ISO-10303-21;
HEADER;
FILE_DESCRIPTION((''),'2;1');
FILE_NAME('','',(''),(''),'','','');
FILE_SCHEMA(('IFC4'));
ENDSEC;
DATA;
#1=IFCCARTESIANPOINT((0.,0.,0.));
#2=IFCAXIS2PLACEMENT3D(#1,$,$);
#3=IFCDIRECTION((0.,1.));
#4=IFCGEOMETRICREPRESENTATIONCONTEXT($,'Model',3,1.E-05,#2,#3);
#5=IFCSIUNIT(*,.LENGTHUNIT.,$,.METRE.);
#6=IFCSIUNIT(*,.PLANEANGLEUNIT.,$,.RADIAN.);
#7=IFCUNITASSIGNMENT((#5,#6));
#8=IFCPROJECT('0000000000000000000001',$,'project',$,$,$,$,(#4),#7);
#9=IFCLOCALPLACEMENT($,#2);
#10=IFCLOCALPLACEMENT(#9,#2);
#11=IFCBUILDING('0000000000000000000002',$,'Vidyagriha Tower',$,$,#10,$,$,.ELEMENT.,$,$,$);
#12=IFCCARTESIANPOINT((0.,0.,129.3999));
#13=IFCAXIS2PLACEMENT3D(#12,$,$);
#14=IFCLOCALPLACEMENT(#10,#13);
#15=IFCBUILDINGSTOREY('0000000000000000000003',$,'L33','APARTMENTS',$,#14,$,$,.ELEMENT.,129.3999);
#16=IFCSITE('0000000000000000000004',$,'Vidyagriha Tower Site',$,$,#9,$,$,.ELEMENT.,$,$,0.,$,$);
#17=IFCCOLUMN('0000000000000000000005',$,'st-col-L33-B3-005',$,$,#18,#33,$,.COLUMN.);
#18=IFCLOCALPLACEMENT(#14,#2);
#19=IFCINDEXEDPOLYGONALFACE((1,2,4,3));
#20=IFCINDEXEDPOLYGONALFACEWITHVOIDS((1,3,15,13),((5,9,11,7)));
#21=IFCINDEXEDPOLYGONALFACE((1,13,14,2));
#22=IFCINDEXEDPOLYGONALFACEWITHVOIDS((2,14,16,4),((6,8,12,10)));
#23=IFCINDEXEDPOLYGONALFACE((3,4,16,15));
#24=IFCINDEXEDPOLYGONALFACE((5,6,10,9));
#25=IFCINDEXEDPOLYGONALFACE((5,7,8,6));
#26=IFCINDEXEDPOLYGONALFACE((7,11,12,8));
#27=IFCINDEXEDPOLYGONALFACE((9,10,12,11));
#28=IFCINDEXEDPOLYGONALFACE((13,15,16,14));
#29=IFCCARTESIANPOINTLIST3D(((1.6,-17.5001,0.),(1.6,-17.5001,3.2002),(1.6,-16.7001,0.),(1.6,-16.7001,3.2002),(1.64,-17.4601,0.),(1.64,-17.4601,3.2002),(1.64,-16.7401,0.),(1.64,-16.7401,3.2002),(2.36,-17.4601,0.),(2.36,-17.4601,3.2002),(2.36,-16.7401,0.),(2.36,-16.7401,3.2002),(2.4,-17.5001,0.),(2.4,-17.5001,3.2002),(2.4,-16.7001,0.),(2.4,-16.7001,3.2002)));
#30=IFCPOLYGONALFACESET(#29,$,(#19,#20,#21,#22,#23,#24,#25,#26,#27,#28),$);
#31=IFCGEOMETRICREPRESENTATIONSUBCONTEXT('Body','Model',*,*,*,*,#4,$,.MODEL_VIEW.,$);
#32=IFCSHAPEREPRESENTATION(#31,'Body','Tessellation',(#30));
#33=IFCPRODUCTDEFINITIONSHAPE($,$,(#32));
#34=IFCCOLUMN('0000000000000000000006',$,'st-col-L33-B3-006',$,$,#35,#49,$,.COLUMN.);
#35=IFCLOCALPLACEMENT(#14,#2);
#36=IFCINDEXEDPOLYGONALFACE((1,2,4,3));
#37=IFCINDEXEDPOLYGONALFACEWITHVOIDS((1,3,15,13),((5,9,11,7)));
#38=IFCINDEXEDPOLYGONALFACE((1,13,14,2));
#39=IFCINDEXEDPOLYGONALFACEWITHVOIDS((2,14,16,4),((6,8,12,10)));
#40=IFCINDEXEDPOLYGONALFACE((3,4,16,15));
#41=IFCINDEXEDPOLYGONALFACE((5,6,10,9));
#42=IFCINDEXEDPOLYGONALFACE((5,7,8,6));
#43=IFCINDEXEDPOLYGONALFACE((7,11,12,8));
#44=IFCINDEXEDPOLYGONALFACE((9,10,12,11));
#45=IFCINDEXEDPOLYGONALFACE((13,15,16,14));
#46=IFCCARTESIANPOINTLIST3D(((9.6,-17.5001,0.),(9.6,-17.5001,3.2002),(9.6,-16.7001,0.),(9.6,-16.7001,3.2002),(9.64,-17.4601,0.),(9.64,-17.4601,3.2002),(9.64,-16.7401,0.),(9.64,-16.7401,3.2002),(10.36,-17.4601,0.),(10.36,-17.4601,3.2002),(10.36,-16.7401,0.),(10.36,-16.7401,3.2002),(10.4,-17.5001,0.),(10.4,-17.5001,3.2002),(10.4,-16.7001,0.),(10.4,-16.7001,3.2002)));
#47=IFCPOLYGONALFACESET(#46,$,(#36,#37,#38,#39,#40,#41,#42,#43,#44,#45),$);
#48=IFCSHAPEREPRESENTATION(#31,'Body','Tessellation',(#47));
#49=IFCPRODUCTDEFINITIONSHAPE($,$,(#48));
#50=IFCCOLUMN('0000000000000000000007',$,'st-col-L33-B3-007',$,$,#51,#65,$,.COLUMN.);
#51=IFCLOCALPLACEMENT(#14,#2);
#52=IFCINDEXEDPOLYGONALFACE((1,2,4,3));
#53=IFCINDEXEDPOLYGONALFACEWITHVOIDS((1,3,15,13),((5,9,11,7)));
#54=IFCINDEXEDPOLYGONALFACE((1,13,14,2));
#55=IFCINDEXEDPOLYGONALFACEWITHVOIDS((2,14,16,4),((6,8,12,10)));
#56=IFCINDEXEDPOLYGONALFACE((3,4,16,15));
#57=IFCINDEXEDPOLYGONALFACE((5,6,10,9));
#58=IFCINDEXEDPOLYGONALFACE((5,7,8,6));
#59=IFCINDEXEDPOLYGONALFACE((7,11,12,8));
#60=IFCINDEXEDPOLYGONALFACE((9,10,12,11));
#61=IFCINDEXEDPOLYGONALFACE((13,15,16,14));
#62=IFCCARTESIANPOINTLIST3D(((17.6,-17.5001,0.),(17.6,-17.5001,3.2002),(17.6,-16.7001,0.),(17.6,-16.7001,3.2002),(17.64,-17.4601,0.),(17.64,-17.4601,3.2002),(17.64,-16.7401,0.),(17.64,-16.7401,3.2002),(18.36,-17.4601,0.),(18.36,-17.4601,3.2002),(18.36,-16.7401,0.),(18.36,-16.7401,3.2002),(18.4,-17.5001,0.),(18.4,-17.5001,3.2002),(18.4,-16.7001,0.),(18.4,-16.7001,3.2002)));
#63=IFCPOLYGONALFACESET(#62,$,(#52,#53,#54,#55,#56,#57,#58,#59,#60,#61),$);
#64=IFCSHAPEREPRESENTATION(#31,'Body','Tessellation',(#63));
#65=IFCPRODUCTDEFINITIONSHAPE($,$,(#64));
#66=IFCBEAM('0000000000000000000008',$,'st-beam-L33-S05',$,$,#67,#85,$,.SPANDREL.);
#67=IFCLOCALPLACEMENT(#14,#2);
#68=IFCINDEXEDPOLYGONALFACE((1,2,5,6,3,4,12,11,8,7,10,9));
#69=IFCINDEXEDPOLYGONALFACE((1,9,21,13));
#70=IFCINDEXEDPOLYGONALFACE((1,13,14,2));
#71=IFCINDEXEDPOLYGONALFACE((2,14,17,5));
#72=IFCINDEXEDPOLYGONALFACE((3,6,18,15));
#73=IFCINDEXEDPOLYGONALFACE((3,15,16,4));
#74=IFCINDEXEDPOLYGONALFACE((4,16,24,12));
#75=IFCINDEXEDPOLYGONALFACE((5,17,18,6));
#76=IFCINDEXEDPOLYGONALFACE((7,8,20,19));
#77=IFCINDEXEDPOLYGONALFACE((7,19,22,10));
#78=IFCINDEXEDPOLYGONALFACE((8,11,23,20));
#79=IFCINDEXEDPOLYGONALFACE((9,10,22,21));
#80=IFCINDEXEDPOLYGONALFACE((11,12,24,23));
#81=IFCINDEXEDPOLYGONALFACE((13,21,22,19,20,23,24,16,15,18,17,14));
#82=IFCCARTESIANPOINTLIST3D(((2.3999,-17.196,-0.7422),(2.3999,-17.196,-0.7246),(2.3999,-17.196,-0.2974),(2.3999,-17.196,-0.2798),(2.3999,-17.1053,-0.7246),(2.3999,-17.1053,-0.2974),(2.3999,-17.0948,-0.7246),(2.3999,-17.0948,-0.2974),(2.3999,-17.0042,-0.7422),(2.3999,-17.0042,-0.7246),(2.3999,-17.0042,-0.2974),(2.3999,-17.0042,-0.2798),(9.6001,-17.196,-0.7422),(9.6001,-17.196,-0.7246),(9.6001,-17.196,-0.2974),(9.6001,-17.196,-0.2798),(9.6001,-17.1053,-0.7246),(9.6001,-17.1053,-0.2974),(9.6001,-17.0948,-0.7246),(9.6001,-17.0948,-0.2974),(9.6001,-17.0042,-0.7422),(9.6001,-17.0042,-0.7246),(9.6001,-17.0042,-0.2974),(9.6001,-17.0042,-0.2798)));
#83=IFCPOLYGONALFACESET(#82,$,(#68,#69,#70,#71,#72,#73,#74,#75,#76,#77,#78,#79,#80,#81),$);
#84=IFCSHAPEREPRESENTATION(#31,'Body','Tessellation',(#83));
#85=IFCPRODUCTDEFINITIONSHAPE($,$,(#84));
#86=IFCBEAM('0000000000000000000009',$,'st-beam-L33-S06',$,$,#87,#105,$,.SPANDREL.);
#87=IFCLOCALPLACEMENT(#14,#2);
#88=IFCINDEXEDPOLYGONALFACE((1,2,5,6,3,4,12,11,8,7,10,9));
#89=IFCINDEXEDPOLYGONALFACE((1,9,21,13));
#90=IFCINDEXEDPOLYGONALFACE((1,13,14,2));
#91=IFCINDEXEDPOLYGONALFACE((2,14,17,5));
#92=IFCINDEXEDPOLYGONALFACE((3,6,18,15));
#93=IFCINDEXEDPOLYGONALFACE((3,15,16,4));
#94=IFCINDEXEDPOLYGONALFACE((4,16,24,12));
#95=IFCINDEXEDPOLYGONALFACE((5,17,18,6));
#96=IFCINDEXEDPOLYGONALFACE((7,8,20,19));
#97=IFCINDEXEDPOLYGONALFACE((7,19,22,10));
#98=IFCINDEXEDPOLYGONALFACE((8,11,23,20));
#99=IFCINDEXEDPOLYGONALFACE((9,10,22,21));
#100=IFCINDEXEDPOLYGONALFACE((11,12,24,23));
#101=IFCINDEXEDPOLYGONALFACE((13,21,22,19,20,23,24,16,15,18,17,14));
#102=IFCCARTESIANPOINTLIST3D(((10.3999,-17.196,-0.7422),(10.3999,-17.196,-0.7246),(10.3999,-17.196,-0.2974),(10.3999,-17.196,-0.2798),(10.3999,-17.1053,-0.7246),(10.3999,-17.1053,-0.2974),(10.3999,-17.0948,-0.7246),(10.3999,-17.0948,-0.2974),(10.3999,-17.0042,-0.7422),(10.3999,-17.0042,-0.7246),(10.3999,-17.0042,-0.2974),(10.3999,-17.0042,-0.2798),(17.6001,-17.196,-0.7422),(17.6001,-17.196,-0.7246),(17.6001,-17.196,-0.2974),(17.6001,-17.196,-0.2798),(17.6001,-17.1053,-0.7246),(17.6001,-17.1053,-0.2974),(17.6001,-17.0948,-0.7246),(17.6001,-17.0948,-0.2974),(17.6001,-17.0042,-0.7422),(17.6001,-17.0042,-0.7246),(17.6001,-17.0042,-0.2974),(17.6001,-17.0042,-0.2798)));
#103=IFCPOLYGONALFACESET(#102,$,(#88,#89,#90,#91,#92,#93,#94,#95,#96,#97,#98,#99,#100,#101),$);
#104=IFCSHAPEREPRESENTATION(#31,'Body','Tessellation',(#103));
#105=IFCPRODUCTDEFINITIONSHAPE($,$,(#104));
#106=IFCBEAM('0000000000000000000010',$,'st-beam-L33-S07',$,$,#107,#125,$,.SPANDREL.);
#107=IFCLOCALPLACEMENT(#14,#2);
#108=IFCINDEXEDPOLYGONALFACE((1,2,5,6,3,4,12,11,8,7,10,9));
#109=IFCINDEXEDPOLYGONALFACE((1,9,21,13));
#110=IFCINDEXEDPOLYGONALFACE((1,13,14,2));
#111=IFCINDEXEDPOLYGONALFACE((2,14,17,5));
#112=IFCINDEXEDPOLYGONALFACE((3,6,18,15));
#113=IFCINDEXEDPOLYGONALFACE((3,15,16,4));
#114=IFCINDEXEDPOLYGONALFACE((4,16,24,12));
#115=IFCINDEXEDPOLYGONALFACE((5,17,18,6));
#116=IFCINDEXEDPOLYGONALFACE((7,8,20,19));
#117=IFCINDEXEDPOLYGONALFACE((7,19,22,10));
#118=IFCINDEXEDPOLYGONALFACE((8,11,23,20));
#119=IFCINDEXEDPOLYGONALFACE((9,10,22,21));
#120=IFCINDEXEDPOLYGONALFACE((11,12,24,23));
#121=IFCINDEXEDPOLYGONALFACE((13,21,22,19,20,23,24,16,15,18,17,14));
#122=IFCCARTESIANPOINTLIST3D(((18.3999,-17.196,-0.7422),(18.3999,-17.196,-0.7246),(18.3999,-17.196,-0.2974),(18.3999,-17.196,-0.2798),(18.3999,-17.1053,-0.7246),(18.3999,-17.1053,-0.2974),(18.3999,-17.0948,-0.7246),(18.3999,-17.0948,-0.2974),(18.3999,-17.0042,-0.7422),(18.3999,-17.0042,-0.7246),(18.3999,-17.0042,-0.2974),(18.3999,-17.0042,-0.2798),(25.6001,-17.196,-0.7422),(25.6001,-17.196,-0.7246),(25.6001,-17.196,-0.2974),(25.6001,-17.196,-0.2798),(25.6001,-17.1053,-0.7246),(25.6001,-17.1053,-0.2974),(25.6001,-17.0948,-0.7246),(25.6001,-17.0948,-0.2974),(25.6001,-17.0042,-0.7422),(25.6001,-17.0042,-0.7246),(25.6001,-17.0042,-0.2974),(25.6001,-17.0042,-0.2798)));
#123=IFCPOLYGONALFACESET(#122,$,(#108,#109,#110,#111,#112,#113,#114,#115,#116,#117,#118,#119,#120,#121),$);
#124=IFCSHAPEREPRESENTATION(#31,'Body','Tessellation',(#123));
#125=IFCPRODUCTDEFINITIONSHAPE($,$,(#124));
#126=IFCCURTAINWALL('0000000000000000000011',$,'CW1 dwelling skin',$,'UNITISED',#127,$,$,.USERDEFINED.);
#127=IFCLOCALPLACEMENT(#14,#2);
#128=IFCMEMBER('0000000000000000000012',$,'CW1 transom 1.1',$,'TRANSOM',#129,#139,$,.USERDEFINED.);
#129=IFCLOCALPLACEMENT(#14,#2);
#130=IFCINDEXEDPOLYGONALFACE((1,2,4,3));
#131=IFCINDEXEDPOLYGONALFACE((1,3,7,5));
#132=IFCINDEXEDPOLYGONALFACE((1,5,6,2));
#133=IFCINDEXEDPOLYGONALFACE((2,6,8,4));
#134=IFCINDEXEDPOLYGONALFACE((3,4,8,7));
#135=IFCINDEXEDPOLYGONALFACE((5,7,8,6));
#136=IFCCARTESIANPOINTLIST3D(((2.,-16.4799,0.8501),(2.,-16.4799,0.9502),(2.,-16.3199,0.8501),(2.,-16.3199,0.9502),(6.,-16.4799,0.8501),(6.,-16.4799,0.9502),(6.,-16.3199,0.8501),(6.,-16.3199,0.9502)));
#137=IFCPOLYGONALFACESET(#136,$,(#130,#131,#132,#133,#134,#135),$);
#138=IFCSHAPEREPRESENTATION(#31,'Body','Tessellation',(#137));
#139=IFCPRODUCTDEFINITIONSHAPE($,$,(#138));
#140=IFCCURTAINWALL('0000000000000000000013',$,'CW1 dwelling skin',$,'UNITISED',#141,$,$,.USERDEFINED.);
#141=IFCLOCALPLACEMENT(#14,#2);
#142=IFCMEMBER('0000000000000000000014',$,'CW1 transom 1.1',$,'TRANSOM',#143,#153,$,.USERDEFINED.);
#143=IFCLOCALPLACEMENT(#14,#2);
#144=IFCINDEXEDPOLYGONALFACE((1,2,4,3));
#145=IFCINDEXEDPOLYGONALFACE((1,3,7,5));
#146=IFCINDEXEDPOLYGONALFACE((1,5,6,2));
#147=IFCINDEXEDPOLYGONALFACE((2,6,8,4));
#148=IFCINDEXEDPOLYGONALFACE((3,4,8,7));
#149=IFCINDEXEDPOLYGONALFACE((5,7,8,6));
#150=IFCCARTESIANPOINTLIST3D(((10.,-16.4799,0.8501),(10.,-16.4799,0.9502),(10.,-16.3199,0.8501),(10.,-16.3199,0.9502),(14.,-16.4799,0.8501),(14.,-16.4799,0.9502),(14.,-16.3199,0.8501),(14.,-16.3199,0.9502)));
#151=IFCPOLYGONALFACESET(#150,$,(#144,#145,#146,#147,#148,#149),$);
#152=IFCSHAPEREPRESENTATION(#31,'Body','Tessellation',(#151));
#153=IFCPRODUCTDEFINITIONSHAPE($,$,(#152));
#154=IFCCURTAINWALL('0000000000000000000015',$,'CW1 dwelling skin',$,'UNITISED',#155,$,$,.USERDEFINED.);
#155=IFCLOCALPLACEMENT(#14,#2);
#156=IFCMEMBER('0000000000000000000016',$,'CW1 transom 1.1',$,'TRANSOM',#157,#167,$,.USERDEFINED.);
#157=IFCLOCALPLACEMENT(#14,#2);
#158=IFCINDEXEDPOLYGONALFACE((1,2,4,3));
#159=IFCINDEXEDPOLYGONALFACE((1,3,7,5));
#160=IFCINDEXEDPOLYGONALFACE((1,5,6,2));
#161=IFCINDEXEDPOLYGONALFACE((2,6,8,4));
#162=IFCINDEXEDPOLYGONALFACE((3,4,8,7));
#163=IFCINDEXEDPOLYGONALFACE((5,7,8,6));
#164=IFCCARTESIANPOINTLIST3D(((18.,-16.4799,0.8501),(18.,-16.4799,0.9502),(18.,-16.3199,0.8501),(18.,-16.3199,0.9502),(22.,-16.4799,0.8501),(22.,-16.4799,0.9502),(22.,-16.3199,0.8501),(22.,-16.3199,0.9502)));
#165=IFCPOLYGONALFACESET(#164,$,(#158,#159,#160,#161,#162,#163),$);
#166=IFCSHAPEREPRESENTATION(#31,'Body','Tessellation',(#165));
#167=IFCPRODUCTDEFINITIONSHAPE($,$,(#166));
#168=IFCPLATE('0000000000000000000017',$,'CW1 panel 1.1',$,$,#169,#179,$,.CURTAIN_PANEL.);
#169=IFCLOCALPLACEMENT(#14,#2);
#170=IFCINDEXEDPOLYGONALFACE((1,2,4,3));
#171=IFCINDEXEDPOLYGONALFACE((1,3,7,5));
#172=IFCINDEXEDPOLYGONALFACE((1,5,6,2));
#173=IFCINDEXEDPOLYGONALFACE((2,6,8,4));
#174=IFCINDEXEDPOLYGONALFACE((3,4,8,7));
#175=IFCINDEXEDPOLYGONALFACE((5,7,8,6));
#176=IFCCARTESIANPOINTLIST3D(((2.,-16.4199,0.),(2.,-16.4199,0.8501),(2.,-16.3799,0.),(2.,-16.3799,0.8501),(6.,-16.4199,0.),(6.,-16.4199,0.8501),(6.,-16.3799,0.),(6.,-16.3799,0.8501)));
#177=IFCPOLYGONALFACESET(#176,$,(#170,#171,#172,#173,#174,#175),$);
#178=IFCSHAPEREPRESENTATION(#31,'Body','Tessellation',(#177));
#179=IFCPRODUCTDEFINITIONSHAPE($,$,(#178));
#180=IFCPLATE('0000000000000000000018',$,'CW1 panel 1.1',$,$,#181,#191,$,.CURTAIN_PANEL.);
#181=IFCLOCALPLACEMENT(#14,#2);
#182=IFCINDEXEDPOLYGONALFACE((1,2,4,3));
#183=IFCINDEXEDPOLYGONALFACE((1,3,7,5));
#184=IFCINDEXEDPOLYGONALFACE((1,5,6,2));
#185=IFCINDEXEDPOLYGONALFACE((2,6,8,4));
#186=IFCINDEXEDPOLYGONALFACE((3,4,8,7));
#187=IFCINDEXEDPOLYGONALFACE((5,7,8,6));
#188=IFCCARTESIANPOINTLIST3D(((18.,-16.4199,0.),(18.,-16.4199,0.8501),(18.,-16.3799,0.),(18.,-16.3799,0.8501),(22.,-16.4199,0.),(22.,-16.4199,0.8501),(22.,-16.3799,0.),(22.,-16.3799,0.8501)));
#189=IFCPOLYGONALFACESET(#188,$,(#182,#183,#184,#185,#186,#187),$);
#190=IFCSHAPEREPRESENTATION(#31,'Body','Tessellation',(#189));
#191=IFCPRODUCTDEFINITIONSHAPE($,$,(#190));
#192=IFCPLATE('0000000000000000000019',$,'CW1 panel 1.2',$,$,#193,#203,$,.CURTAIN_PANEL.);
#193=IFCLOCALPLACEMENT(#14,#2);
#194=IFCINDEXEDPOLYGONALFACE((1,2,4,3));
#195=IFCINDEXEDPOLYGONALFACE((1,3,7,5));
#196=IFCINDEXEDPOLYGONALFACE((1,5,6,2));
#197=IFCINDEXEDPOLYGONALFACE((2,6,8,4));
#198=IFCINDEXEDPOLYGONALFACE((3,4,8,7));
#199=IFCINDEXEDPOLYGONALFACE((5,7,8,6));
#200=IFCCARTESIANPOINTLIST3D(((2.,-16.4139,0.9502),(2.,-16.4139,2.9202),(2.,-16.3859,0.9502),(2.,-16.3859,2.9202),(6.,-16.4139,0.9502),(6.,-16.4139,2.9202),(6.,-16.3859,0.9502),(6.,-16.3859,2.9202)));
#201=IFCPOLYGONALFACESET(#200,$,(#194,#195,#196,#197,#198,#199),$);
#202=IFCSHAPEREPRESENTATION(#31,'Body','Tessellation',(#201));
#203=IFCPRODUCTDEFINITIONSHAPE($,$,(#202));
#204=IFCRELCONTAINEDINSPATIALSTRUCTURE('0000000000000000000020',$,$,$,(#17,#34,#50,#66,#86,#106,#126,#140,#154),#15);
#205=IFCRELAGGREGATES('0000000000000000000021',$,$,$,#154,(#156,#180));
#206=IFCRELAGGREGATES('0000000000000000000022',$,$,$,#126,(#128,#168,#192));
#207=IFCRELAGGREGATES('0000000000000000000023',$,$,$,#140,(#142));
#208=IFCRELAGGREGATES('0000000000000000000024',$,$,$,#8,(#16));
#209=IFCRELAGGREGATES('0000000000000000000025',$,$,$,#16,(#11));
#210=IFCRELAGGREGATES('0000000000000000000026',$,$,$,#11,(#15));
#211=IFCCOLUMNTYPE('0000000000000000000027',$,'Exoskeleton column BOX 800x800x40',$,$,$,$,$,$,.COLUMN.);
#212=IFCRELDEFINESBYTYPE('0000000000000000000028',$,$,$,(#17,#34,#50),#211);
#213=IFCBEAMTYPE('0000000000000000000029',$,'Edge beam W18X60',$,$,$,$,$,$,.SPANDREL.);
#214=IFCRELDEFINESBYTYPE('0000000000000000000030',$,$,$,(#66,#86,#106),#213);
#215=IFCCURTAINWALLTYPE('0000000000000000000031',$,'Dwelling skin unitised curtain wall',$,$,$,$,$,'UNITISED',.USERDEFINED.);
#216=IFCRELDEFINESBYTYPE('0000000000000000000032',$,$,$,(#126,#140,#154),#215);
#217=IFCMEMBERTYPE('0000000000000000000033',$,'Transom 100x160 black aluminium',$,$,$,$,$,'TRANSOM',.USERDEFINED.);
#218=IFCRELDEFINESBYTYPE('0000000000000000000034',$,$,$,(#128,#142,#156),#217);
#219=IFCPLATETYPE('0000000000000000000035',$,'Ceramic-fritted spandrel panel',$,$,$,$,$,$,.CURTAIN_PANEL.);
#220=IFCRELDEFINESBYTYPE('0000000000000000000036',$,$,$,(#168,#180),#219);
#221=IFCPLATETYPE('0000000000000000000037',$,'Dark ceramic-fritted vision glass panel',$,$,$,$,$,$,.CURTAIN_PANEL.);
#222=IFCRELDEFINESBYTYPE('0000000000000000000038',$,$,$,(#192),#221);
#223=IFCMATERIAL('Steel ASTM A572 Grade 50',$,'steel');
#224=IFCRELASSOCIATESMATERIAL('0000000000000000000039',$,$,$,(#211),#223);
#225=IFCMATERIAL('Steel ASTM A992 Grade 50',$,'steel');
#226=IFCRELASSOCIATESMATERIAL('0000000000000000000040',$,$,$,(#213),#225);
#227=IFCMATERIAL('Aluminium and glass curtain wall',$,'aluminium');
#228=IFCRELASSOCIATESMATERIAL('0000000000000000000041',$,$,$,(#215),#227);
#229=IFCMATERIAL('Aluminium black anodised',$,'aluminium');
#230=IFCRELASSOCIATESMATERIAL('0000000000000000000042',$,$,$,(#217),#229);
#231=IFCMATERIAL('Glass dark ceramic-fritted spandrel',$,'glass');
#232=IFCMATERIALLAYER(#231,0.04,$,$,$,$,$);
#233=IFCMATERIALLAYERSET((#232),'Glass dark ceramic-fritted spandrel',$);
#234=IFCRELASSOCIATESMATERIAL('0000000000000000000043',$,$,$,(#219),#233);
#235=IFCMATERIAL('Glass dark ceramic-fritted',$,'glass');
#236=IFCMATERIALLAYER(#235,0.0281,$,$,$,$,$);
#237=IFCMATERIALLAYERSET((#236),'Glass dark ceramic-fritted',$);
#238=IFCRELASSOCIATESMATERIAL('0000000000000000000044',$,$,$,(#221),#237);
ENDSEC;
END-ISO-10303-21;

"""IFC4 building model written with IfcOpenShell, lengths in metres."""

from ifc_helpers import new_model, si_unit, direction, frame, origin, origin_2d, place, context, subcontext, project, spatial, rectangle, hollow_rectangle, i_section, extrude, material, layer, layer_set, material_profile, profile_set, type_object, element, aggregate, save


model = new_model("IFC4")

# Units and contexts
model_context = context("Model", 3, precision=1e-05, world=origin(), true_north=direction((0.0, 1.0)))
body_context = subcontext(model_context, "Body", "Model", "MODEL_VIEW")
ifc_project = project(units=[si_unit("LENGTHUNIT", "METRE"), si_unit("PLANEANGLEUNIT", "RADIAN")], contexts=[model_context])

# Site, building, storey
site_placement = place(None, origin())
site = spatial("IfcSite", under=ifc_project, at=site_placement, Name="Vidyagriha Tower Site", CompositionType="ELEMENT", RefElevation=0.0)
building_placement = place(site_placement, origin())
building = spatial("IfcBuilding", under=site, at=building_placement, Name="Vidyagriha Tower", CompositionType="ELEMENT")
storey_placement = place(building_placement, frame((0.0, 0.0, 129.3999)))
storey = spatial("IfcBuildingStorey", under=building, at=storey_placement, Name="L33", Description="APARTMENTS", CompositionType="ELEMENT", Elevation=129.3999)

# Columns
ifc_material_1 = material(Name="Steel ASTM A572 Grade 50", Category="steel")
ifc_material_profile_1 = material_profile(ifc_material_1, hollow_rectangle(XDim=0.8, YDim=0.8, WallThickness=0.04, at=origin_2d()), Name="BOX 800x800x40")
ifc_profile_set_1 = profile_set([ifc_material_profile_1], Name="Steel ASTM A572 Grade 50")
column_type = type_object("IfcColumnType", Name="Exoskeleton column BOX 800x800x40", PredefinedType="COLUMN", material=ifc_profile_set_1)
for number, where, name in (
    (1, (2.0, -17.1001, 0.0), "st-col-L33-B3-005"),
    (2, (10.0, -17.1001, 0.0), "st-col-L33-B3-006"),
    (3, (18.0, -17.1001, 0.0), "st-col-L33-B3-007"),
):
    element("IfcColumn", number, at=place(storey_placement, frame(where)), inside=storey, type_object=column_type, Name=name, PredefinedType="COLUMN", context=body_context, shape_type="SweptSolid", body=[
        extrude(hollow_rectangle(XDim=0.8, YDim=0.8, WallThickness=0.04, at=origin_2d()), origin(), (0.0, 0.0, 1.0), 3.2002),
    ])

# Beams
ifc_material_2 = material(Name="Steel ASTM A992 Grade 50", Category="steel")
ifc_material_profile_2 = material_profile(ifc_material_2, i_section(OverallWidth=0.1919, OverallDepth=0.4624, WebThickness=0.0105, FlangeThickness=0.0176, at=origin_2d()), Name="W18X60")
ifc_profile_set_2 = profile_set([ifc_material_profile_2], Name="Steel ASTM A992 Grade 50")
beam_type = type_object("IfcBeamType", Name="Edge beam W18X60", PredefinedType="SPANDREL", material=ifc_profile_set_2)
for number, where, z_axis, x_axis, name in (
    (4, (2.3999, -17.1001, -0.511), (1.0, 0.0, 0.0), (0.0, 1.0, 0.0), "st-beam-L33-S05"),
    (5, (10.3999, -17.1001, -0.511), (1.0, 0.0, 0.0), (0.0, 1.0, 0.0), "st-beam-L33-S06"),
    (6, (18.3999, -17.1001, -0.511), (1.0, 0.0, 0.0), (0.0, 1.0, 0.0), "st-beam-L33-S07"),
):
    element("IfcBeam", number, at=place(storey_placement, frame(where, z_axis=z_axis, x_axis=x_axis)), inside=storey, type_object=beam_type, Name=name, PredefinedType="SPANDREL", context=body_context, shape_type="SweptSolid", body=[
        extrude(i_section(OverallWidth=0.1919, OverallDepth=0.4624, WebThickness=0.0105, FlangeThickness=0.0176, at=origin_2d()), origin(), (0.0, 0.0, 1.0), 7.2002),
    ])

# Curtain walls, members
ifc_material_3 = material(Name="Aluminium and glass curtain wall", Category="aluminium")
curtain_wall_type = type_object("IfcCurtainWallType", Name="Dwelling skin unitised curtain wall", ElementType="UNITISED", PredefinedType="USERDEFINED", material=ifc_material_3)
curtain_wall_1_placement = place(storey_placement, origin())
curtain_wall_1 = element("IfcCurtainWall", 7, at=curtain_wall_1_placement, inside=storey, type_object=curtain_wall_type, Name="CW1 dwelling skin", ObjectType="UNITISED", PredefinedType="USERDEFINED")
ifc_material_4 = material(Name="Aluminium black anodised", Category="aluminium")
ifc_material_profile_3 = material_profile(ifc_material_4, rectangle(XDim=0.1599, YDim=0.1001, at=origin_2d()), Name="Transom 100x160 black aluminium")
ifc_profile_set_3 = profile_set([ifc_material_profile_3], Name="Aluminium black anodised")
member_type = type_object("IfcMemberType", Name="Transom 100x160 black aluminium", ElementType="TRANSOM", PredefinedType="USERDEFINED", material=ifc_profile_set_3)
member_1_placement = place(storey_placement, frame((2.0, -16.3999, 0.9001), z_axis=(1.0, 0.0, 0.0), x_axis=(0.0, 1.0, 0.0)))
member_1 = element("IfcMember", 8, at=member_1_placement, type_object=member_type, Name="CW1 transom 1.1", ObjectType="TRANSOM", PredefinedType="USERDEFINED", context=body_context, shape_type="SweptSolid", body=[
    extrude(rectangle(XDim=0.1599, YDim=0.1001, at=origin_2d()), origin(), (0.0, 0.0, 1.0), 4.0),
])
curtain_wall_2_placement = place(storey_placement, origin())
curtain_wall_2 = element("IfcCurtainWall", 9, at=curtain_wall_2_placement, inside=storey, type_object=curtain_wall_type, Name="CW1 dwelling skin", ObjectType="UNITISED", PredefinedType="USERDEFINED")
member_2_placement = place(storey_placement, frame((10.0, -16.3999, 0.9001), z_axis=(1.0, 0.0, 0.0), x_axis=(0.0, 1.0, 0.0)))
member_2 = element("IfcMember", 10, at=member_2_placement, type_object=member_type, Name="CW1 transom 1.1", ObjectType="TRANSOM", PredefinedType="USERDEFINED", context=body_context, shape_type="SweptSolid", body=[
    extrude(rectangle(XDim=0.1599, YDim=0.1001, at=origin_2d()), origin(), (0.0, 0.0, 1.0), 4.0),
])
curtain_wall_3_placement = place(storey_placement, origin())
curtain_wall_3 = element("IfcCurtainWall", 11, at=curtain_wall_3_placement, inside=storey, type_object=curtain_wall_type, Name="CW1 dwelling skin", ObjectType="UNITISED", PredefinedType="USERDEFINED")
member_3_placement = place(storey_placement, frame((18.0, -16.3999, 0.9001), z_axis=(1.0, 0.0, 0.0), x_axis=(0.0, 1.0, 0.0)))
member_3 = element("IfcMember", 12, at=member_3_placement, type_object=member_type, Name="CW1 transom 1.1", ObjectType="TRANSOM", PredefinedType="USERDEFINED", context=body_context, shape_type="SweptSolid", body=[
    extrude(rectangle(XDim=0.1599, YDim=0.1001, at=origin_2d()), origin(), (0.0, 0.0, 1.0), 4.0),
])

# Plates
ifc_material_5 = material(Name="Glass dark ceramic-fritted spandrel", Category="glass")
ifc_layer_1 = layer(ifc_material_5, 0.04)
ifc_layer_set_1 = layer_set([ifc_layer_1], Name="Glass dark ceramic-fritted spandrel")
plate_type_1 = type_object("IfcPlateType", Name="Ceramic-fritted spandrel panel", PredefinedType="CURTAIN_PANEL", material=ifc_layer_set_1)
plate_1_placement = place(storey_placement, frame((4.0, -16.3999, 0.0)))
plate_1 = element("IfcPlate", 13, at=plate_1_placement, type_object=plate_type_1, Name="CW1 panel 1.1", PredefinedType="CURTAIN_PANEL", context=body_context, shape_type="SweptSolid", body=[
    extrude(rectangle(XDim=4.0, YDim=0.04, at=origin_2d()), origin(), (0.0, 0.0, 1.0), 0.8501),
])
plate_2_placement = place(storey_placement, frame((20.0, -16.3999, 0.0)))
plate_2 = element("IfcPlate", 14, at=plate_2_placement, type_object=plate_type_1, Name="CW1 panel 1.1", PredefinedType="CURTAIN_PANEL", context=body_context, shape_type="SweptSolid", body=[
    extrude(rectangle(XDim=4.0, YDim=0.04, at=origin_2d()), origin(), (0.0, 0.0, 1.0), 0.8501),
])
aggregate(curtain_wall_3, [member_3, plate_2])
ifc_material_6 = material(Name="Glass dark ceramic-fritted", Category="glass")
ifc_layer_2 = layer(ifc_material_6, 0.0281)
ifc_layer_set_2 = layer_set([ifc_layer_2], Name="Glass dark ceramic-fritted")
plate_type_2 = type_object("IfcPlateType", Name="Dark ceramic-fritted vision glass panel", PredefinedType="CURTAIN_PANEL", material=ifc_layer_set_2)
plate_3_placement = place(storey_placement, frame((4.0, -16.3999, 0.9502)))
plate_3 = element("IfcPlate", 15, at=plate_3_placement, type_object=plate_type_2, Name="CW1 panel 1.2", PredefinedType="CURTAIN_PANEL", context=body_context, shape_type="SweptSolid", body=[
    extrude(rectangle(XDim=4.0, YDim=0.0281, at=origin_2d()), origin(), (0.0, 0.0, 1.0), 1.97),
])
aggregate(curtain_wall_1, [member_1, plate_1, plate_3])
aggregate(curtain_wall_2, [member_2])

save(model, "model.ifc")
